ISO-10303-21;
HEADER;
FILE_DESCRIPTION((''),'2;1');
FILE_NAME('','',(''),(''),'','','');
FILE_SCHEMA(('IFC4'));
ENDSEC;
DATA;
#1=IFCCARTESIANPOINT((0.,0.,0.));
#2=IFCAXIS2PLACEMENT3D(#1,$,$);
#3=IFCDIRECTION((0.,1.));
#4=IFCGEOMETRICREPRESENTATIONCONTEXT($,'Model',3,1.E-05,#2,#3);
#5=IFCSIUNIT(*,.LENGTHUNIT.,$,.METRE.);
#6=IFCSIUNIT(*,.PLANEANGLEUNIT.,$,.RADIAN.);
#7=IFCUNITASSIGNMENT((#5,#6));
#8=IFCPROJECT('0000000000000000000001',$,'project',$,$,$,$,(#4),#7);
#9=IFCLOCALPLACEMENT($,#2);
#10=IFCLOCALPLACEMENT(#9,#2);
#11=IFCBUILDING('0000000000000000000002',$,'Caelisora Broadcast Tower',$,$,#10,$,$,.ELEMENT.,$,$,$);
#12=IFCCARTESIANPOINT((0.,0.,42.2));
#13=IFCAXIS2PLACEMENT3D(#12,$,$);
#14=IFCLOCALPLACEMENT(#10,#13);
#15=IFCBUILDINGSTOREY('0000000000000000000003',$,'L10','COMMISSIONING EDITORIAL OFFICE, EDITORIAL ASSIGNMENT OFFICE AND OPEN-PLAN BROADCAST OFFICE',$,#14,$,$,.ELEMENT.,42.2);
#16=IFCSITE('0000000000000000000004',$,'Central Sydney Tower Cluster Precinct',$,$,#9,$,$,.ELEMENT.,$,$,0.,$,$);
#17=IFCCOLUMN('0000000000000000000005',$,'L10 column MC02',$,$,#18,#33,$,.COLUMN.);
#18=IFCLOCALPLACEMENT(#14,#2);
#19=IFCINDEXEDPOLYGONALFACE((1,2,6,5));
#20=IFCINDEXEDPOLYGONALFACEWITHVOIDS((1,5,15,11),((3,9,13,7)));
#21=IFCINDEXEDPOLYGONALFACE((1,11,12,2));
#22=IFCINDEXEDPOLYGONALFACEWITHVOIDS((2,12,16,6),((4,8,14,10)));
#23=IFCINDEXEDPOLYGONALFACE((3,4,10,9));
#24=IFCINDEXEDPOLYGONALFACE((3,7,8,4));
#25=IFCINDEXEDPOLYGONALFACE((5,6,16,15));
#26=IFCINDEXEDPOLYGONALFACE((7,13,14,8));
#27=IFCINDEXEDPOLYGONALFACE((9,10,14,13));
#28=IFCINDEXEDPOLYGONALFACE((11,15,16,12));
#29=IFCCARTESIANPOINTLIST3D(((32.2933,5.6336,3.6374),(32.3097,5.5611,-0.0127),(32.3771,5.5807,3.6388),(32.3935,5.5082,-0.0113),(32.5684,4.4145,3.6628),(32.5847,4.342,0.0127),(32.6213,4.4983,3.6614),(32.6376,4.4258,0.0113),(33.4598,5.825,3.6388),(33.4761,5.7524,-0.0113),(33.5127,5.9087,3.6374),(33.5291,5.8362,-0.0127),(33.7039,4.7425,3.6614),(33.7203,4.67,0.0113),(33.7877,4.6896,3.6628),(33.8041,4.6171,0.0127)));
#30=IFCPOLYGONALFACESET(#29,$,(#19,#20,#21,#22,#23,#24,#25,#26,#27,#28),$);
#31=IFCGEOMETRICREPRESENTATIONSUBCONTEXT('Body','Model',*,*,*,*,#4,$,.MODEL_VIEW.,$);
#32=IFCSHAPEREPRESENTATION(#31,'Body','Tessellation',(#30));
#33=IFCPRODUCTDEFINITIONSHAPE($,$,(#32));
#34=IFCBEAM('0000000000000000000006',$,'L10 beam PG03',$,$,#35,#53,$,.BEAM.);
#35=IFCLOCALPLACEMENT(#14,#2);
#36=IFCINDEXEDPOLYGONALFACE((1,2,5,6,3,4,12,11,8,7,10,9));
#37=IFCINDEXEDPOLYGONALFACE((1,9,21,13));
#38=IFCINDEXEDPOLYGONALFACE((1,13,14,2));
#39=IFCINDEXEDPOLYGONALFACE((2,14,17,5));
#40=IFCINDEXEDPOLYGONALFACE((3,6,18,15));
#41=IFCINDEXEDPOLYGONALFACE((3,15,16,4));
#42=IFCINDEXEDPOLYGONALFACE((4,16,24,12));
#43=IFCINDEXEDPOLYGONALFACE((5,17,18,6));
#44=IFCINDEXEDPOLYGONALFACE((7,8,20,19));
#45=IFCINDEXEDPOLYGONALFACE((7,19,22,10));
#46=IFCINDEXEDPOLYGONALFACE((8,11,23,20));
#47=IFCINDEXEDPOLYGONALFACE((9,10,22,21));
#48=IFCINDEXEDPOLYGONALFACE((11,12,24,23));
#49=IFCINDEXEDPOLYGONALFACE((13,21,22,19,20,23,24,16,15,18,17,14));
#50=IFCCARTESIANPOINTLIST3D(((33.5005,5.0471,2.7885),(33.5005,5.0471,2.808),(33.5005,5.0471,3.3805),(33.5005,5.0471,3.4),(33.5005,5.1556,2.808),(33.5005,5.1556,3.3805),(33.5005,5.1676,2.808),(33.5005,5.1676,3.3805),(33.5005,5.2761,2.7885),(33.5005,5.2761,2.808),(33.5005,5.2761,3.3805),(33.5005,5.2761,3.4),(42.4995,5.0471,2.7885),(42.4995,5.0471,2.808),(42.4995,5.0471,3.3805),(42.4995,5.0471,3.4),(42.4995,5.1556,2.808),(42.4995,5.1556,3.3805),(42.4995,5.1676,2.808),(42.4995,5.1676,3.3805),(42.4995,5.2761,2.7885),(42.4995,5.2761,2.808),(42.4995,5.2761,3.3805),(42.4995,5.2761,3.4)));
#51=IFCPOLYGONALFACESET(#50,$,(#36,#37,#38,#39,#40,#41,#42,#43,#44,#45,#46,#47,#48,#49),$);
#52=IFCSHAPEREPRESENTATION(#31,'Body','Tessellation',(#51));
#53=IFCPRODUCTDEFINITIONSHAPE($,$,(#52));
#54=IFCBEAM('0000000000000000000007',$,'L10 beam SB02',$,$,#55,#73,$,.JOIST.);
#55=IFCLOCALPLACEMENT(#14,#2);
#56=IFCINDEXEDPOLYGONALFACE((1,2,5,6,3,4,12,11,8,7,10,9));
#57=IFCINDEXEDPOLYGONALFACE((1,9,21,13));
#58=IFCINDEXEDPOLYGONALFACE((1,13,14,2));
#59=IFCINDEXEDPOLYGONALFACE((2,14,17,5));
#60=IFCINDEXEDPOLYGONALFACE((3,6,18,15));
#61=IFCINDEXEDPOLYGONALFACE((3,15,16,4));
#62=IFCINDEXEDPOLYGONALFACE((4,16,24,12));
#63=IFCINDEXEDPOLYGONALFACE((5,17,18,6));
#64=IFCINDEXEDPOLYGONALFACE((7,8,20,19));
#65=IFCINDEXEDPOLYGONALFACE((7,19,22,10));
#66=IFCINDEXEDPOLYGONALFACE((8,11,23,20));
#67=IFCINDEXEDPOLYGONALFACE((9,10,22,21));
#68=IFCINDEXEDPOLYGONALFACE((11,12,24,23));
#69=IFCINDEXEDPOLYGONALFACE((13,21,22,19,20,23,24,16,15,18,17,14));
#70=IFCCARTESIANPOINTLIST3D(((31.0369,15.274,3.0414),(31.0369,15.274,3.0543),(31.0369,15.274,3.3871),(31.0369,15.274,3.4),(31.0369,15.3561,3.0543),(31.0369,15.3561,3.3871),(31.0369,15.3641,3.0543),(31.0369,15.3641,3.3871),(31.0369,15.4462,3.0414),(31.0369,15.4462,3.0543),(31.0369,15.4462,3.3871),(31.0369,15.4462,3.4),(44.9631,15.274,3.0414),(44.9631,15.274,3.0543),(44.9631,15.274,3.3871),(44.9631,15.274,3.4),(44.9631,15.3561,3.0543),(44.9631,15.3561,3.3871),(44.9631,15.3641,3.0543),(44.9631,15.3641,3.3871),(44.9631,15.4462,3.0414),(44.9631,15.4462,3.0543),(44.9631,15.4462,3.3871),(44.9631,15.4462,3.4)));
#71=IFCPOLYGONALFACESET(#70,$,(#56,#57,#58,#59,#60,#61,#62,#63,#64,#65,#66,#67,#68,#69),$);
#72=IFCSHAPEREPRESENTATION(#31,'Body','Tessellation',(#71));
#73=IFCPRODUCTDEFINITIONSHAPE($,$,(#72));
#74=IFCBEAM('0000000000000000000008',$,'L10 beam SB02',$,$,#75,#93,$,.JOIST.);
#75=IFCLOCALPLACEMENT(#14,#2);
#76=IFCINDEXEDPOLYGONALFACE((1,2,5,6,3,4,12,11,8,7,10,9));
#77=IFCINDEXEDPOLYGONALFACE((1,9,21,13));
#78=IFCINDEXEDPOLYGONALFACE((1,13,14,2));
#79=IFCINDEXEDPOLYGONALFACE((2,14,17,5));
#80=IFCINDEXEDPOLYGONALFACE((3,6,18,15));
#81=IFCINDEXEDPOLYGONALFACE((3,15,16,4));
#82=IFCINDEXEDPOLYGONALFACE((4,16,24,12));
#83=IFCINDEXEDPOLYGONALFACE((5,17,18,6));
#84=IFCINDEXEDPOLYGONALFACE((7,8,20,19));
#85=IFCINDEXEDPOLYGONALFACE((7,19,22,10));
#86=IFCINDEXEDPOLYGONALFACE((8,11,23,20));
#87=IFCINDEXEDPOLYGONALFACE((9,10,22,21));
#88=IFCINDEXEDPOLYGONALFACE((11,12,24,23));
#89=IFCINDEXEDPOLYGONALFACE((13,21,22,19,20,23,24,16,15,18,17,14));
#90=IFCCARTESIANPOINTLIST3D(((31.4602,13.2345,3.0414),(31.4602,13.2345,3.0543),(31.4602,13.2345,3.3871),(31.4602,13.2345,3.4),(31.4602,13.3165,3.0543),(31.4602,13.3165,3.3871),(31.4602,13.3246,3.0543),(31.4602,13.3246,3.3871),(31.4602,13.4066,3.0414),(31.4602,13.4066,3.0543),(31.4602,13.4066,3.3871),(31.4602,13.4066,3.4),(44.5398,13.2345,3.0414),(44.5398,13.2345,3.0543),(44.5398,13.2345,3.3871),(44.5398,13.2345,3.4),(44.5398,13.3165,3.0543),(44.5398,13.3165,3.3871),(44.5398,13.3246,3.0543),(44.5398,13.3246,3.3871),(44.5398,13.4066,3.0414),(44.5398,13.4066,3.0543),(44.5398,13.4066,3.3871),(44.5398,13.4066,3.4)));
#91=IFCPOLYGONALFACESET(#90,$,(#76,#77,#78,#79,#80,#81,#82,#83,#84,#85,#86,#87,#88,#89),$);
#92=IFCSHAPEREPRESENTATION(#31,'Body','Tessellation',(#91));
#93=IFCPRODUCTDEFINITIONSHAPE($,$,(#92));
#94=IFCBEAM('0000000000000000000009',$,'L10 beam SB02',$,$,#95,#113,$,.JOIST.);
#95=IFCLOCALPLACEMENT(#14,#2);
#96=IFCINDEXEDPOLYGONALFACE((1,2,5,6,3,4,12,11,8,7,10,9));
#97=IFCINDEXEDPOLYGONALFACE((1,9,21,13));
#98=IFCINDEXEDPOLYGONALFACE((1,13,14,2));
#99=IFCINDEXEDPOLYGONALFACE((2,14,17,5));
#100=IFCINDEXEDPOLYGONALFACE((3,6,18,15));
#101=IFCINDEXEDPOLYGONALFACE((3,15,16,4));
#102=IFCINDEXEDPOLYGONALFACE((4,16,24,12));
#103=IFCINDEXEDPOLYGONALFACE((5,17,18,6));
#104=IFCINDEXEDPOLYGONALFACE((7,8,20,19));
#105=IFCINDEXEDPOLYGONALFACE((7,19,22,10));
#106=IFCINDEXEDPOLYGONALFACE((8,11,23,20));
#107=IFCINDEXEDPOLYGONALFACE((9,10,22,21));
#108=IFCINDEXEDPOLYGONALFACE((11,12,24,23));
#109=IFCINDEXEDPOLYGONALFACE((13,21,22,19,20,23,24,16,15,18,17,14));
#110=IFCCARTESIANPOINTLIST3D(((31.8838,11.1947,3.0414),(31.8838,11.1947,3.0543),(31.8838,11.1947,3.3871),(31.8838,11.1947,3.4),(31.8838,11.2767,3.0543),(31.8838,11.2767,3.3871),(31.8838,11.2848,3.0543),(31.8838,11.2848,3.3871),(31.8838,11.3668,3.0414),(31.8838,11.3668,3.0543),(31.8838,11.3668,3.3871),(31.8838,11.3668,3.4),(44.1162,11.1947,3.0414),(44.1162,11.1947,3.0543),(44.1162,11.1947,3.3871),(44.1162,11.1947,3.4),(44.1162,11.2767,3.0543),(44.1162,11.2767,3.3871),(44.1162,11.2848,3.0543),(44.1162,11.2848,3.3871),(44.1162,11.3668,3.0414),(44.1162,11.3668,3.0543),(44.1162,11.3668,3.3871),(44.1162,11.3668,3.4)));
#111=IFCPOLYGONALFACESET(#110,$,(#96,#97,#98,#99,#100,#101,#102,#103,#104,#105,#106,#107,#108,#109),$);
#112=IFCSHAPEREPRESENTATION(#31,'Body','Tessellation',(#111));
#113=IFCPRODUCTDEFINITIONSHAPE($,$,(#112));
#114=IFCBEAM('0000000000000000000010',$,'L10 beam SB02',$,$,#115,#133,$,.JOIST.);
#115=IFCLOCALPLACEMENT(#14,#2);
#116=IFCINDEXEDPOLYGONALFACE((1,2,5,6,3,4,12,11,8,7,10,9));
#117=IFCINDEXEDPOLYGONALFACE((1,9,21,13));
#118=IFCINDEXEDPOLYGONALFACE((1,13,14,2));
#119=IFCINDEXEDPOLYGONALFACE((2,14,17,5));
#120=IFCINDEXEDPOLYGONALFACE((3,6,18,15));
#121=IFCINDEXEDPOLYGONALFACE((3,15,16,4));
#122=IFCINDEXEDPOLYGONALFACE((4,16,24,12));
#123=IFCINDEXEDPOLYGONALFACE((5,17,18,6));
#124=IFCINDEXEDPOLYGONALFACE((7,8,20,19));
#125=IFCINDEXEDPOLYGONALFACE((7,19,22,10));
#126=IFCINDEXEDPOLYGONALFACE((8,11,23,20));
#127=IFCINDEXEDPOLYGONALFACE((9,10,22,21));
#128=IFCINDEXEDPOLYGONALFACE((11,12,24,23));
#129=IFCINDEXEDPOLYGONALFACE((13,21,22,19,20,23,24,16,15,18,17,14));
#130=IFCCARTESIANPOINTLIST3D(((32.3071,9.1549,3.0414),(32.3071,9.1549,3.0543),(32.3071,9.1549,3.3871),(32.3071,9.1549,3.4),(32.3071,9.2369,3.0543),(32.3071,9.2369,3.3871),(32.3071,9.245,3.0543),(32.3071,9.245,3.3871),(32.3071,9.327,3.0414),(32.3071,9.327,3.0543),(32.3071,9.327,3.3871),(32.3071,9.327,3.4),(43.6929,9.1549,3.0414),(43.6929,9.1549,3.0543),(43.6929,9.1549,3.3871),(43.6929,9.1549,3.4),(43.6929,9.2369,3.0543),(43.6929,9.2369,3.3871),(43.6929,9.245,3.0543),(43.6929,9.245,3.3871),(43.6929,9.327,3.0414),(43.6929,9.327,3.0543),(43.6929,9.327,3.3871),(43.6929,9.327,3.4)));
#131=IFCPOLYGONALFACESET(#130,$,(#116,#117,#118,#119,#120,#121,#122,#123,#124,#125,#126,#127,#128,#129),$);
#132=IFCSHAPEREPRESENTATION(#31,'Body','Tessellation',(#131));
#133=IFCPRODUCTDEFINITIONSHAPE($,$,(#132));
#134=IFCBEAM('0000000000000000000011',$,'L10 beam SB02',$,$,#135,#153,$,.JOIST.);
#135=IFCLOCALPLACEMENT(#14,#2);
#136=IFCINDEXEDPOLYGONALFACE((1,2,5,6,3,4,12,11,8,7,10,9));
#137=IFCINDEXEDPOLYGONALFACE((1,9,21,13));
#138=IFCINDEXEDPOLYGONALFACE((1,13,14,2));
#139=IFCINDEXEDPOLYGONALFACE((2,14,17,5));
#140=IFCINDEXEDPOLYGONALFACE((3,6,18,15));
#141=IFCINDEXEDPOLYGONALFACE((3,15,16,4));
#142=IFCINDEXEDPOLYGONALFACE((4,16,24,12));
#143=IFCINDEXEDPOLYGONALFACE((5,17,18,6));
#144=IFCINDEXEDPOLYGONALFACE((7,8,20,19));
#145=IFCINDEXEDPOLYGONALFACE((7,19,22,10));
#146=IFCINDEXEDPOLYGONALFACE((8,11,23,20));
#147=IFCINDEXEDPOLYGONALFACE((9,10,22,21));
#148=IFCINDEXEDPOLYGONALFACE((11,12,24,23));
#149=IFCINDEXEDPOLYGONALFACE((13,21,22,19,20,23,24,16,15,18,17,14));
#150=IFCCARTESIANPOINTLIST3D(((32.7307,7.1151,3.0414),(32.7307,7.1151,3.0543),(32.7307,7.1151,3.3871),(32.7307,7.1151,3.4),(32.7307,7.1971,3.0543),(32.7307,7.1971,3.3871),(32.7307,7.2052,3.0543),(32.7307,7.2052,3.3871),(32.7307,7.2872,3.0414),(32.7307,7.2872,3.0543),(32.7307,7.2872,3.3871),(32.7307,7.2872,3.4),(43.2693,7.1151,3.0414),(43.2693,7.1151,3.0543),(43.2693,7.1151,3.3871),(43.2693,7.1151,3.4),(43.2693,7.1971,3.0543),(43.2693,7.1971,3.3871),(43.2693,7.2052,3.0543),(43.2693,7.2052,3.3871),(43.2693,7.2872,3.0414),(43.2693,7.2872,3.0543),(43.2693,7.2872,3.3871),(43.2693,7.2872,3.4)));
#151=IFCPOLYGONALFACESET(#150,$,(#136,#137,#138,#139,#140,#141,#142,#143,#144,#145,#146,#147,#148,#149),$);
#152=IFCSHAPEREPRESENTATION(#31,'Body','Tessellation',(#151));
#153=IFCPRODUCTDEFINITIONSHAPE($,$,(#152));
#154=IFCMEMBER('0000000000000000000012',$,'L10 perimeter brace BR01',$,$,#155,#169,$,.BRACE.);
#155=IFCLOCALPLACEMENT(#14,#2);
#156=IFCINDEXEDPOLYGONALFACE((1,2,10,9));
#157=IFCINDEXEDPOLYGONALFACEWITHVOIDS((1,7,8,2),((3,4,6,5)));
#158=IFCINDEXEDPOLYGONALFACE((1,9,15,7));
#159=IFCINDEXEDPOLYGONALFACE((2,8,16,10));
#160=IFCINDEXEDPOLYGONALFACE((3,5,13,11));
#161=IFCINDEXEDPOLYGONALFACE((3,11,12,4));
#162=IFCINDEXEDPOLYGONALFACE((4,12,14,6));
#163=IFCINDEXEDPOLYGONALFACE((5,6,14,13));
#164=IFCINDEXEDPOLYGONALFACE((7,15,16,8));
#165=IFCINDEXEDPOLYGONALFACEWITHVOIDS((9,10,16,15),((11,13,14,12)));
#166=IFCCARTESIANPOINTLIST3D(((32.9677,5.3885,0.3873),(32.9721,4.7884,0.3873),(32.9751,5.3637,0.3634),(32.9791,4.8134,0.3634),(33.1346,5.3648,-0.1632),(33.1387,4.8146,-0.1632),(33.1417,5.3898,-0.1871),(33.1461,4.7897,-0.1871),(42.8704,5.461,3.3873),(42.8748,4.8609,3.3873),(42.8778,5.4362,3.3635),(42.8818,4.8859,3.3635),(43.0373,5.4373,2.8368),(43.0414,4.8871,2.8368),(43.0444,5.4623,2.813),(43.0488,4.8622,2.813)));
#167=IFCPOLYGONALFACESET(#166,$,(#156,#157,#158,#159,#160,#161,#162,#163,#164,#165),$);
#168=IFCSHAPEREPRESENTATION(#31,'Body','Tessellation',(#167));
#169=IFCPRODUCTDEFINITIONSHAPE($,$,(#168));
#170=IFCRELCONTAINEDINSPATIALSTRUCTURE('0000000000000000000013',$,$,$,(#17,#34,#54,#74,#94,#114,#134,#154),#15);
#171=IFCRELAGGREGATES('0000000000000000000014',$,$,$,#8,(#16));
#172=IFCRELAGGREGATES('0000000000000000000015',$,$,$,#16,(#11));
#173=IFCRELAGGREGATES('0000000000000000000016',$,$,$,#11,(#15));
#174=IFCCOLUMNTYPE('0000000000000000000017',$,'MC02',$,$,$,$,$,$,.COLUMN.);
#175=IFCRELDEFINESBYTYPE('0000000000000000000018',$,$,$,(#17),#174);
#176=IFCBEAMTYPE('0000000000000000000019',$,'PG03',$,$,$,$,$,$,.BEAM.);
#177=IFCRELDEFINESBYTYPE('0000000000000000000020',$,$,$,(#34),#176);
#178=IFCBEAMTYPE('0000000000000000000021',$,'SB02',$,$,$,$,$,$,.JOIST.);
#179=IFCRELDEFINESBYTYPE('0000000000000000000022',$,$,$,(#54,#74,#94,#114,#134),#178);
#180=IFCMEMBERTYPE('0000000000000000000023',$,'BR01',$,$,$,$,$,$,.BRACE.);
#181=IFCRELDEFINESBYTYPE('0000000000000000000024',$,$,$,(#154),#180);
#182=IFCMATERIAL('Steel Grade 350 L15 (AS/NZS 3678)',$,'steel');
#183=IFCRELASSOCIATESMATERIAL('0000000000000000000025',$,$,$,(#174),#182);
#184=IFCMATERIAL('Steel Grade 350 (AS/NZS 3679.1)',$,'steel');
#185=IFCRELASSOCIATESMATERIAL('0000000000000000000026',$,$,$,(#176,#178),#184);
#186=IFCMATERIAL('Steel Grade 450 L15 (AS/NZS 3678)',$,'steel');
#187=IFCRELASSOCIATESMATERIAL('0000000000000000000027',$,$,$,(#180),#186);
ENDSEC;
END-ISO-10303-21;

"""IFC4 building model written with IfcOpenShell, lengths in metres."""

from ifc_helpers import new_model, si_unit, direction, frame, origin, origin_2d, place, context, subcontext, project, spatial, hollow_rectangle, i_section, extrude, source, transform, mapped, material, material_profile, profile_set, type_object, type_shapes, element, save


model = new_model("IFC4")

# Units and contexts
model_context = context("Model", 3, precision=1e-05, world=origin(), true_north=direction((0.0, 1.0)))
body_context = subcontext(model_context, "Body", "Model", "MODEL_VIEW")
ifc_project = project(units=[si_unit("LENGTHUNIT", "METRE"), si_unit("PLANEANGLEUNIT", "RADIAN")], contexts=[model_context])

# Site, building, storey
site_placement = place(None, origin())
site = spatial("IfcSite", under=ifc_project, at=site_placement, Name="Central Sydney Tower Cluster Precinct", CompositionType="ELEMENT", RefElevation=0.0)
building_placement = place(site_placement, origin())
building = spatial("IfcBuilding", under=site, at=building_placement, Name="Caelisora Broadcast Tower", CompositionType="ELEMENT")
storey_placement = place(building_placement, frame((0.0, 0.0, 42.2)))
storey = spatial("IfcBuildingStorey", under=building, at=storey_placement, Name="L10", Description="COMMISSIONING EDITORIAL OFFICE, EDITORIAL ASSIGNMENT OFFICE AND OPEN-PLAN BROADCAST OFFICE", CompositionType="ELEMENT", Elevation=42.2)

# Column
ifc_material_1 = material(Name="Steel Grade 350 L15 (AS/NZS 3678)", Category="steel")
ifc_material_profile_1 = material_profile(ifc_material_1, hollow_rectangle(XDim=1.25, YDim=1.25, WallThickness=0.0701, at=origin_2d()), Name="Steel Grade 350 L15 (AS/NZS 3678)")
ifc_profile_set_1 = profile_set([ifc_material_profile_1], Name="Steel Grade 350 L15 (AS/NZS 3678)")
column_type = type_object("IfcColumnType", Name="MC02", PredefinedType="COLUMN", material=ifc_profile_set_1)
shared_shape_1 = source(origin(), body_context, "Body", "SweptSolid", [
    extrude(hollow_rectangle(XDim=1.25, YDim=1.25, WallThickness=0.0701, at=origin_2d()), origin(), (0.0, 0.0, 1.0), 3.6509),
])
type_shapes(column_type, [shared_shape_1])
column_placement = place(storey_placement, frame((33.0569, 5.0891, 0.0), z_axis=(-0.00448, 0.019861, 0.999793), x_axis=(-0.975487, -0.220059, 0.0)))
element("IfcColumn", 1, at=column_placement, inside=storey, type_object=column_type, Name="L10 column MC02", PredefinedType="COLUMN", context=body_context, shape_type="MappedRepresentation", body=[
    mapped(shared_shape_1, transform((0.0, 0.0, 0.0), scale=1.0)),
])

# Beams
ifc_material_2 = material(Name="Steel Grade 350 (AS/NZS 3679.1)", Category="steel")
ifc_material_profile_2 = material_profile(ifc_material_2, i_section(OverallWidth=0.229, OverallDepth=0.6116, WebThickness=0.012, FlangeThickness=0.0195, at=origin_2d()), Name="Steel Grade 350 (AS/NZS 3679.1)")
ifc_profile_set_2 = profile_set([ifc_material_profile_2], Name="Steel Grade 350 (AS/NZS 3679.1)")
beam_type_1 = type_object("IfcBeamType", Name="PG03", PredefinedType="BEAM", material=ifc_profile_set_2)
shared_shape_2 = source(origin(), body_context, "Body", "SweptSolid", [
    extrude(i_section(OverallWidth=0.229, OverallDepth=0.6116, WebThickness=0.012, FlangeThickness=0.0195, at=origin_2d()), origin(), (0.0, 0.0, 1.0), 8.999),
])
type_shapes(beam_type_1, [shared_shape_2])
beam_1_placement = place(storey_placement, frame((33.5005, 5.1616, 3.0942), z_axis=(1.0, 0.0, 0.0), x_axis=(0.0, 1.0, 0.0)))
element("IfcBeam", 2, at=beam_1_placement, inside=storey, type_object=beam_type_1, Name="L10 beam PG03", PredefinedType="BEAM", context=body_context, shape_type="MappedRepresentation", body=[
    mapped(shared_shape_2, transform((0.0, 0.0, 0.0), scale=1.0)),
])
ifc_material_profile_3 = material_profile(ifc_material_2, i_section(OverallWidth=0.1721, OverallDepth=0.3586, WebThickness=0.0081, FlangeThickness=0.0129, at=origin_2d()), Name="Steel Grade 350 (AS/NZS 3679.1)")
ifc_profile_set_3 = profile_set([ifc_material_profile_3], Name="Steel Grade 350 (AS/NZS 3679.1)")
beam_type_2 = type_object("IfcBeamType", Name="SB02", PredefinedType="JOIST", material=ifc_profile_set_3)
shared_shape_3 = source(origin(), body_context, "Body", "SweptSolid", [
    extrude(i_section(OverallWidth=0.1721, OverallDepth=0.3586, WebThickness=0.0081, FlangeThickness=0.0129, at=origin_2d()), origin(), (0.0, 0.0, 1.0), 13.9263),
])
beam_2_placement = place(storey_placement, frame((31.0369, 15.3601, 3.2207), z_axis=(1.0, 0.0, 0.0), x_axis=(0.0, 1.0, 0.0)))
element("IfcBeam", 3, at=beam_2_placement, inside=storey, type_object=beam_type_2, Name="L10 beam SB02", PredefinedType="JOIST", context=body_context, shape_type="MappedRepresentation", body=[
    mapped(shared_shape_3, transform((0.0, 0.0, 0.0), scale=1.0)),
])
shared_shape_4 = source(origin(), body_context, "Body", "SweptSolid", [
    extrude(i_section(OverallWidth=0.1721, OverallDepth=0.3586, WebThickness=0.0081, FlangeThickness=0.0129, at=origin_2d()), origin(), (0.0, 0.0, 1.0), 13.0796),
])
beam_3_placement = place(storey_placement, frame((31.4602, 13.3206, 3.2207), z_axis=(1.0, 0.0, 0.0), x_axis=(0.0, 1.0, 0.0)))
element("IfcBeam", 4, at=beam_3_placement, inside=storey, type_object=beam_type_2, Name="L10 beam SB02", PredefinedType="JOIST", context=body_context, shape_type="MappedRepresentation", body=[
    mapped(shared_shape_4, transform((0.0, 0.0, 0.0), scale=1.0)),
])
shared_shape_5 = source(origin(), body_context, "Body", "SweptSolid", [
    extrude(i_section(OverallWidth=0.1721, OverallDepth=0.3586, WebThickness=0.0081, FlangeThickness=0.0129, at=origin_2d()), origin(), (0.0, 0.0, 1.0), 12.2324),
])
beam_4_placement = place(storey_placement, frame((31.8838, 11.2808, 3.2207), z_axis=(1.0, 0.0, 0.0), x_axis=(0.0, 1.0, 0.0)))
element("IfcBeam", 5, at=beam_4_placement, inside=storey, type_object=beam_type_2, Name="L10 beam SB02", PredefinedType="JOIST", context=body_context, shape_type="MappedRepresentation", body=[
    mapped(shared_shape_5, transform((0.0, 0.0, 0.0), scale=1.0)),
])
shared_shape_6 = source(origin(), body_context, "Body", "SweptSolid", [
    extrude(i_section(OverallWidth=0.1721, OverallDepth=0.3586, WebThickness=0.0081, FlangeThickness=0.0129, at=origin_2d()), origin(), (0.0, 0.0, 1.0), 11.3857),
])
beam_5_placement = place(storey_placement, frame((32.3071, 9.241, 3.2207), z_axis=(1.0, 0.0, 0.0), x_axis=(0.0, 1.0, 0.0)))
element("IfcBeam", 6, at=beam_5_placement, inside=storey, type_object=beam_type_2, Name="L10 beam SB02", PredefinedType="JOIST", context=body_context, shape_type="MappedRepresentation", body=[
    mapped(shared_shape_6, transform((0.0, 0.0, 0.0), scale=1.0)),
])
shared_shape_7 = source(origin(), body_context, "Body", "SweptSolid", [
    extrude(i_section(OverallWidth=0.1721, OverallDepth=0.3586, WebThickness=0.0081, FlangeThickness=0.0129, at=origin_2d()), origin(), (0.0, 0.0, 1.0), 10.5386),
])
type_shapes(beam_type_2, [shared_shape_3, shared_shape_4, shared_shape_5, shared_shape_6, shared_shape_7])
beam_6_placement = place(storey_placement, frame((32.7307, 7.2012, 3.2207), z_axis=(1.0, 0.0, 0.0), x_axis=(0.0, 1.0, 0.0)))
element("IfcBeam", 7, at=beam_6_placement, inside=storey, type_object=beam_type_2, Name="L10 beam SB02", PredefinedType="JOIST", context=body_context, shape_type="MappedRepresentation", body=[
    mapped(shared_shape_7, transform((0.0, 0.0, 0.0), scale=1.0)),
])

# Member
ifc_material_3 = material(Name="Steel Grade 450 L15 (AS/NZS 3678)", Category="steel")
ifc_material_profile_4 = material_profile(ifc_material_3, hollow_rectangle(XDim=0.6001, YDim=0.6001, WallThickness=0.0249, at=origin_2d()), Name="Steel Grade 450 L15 (AS/NZS 3678)")
ifc_profile_set_4 = profile_set([ifc_material_profile_4], Name="Steel Grade 450 L15 (AS/NZS 3678)")
member_type_1 = type_object("IfcMemberType", Name="BR01", PredefinedType="BRACE", material=ifc_profile_set_4)
shared_shape_8 = source(origin(), body_context, "Body", "SweptSolid", [
    extrude(hollow_rectangle(XDim=0.6001, YDim=0.6001, WallThickness=0.0249, at=origin_2d()), origin(), (0.0, 0.0, 1.0), 10.3474),
])
type_shapes(member_type_1, [shared_shape_8])
member_1_placement = place(storey_placement, frame((33.0569, 5.0891, 0.1001), z_axis=(0.957022, 0.007008, 0.289931), x_axis=(-0.007322, 0.999973, 0.0)))
element("IfcMember", 8, at=member_1_placement, inside=storey, type_object=member_type_1, Name="L10 perimeter brace BR01", PredefinedType="BRACE", context=body_context, shape_type="MappedRepresentation", body=[
    mapped(shared_shape_8, transform((0.0, 0.0, 0.0), scale=1.0)),
])

save(model, "model.ifc")
